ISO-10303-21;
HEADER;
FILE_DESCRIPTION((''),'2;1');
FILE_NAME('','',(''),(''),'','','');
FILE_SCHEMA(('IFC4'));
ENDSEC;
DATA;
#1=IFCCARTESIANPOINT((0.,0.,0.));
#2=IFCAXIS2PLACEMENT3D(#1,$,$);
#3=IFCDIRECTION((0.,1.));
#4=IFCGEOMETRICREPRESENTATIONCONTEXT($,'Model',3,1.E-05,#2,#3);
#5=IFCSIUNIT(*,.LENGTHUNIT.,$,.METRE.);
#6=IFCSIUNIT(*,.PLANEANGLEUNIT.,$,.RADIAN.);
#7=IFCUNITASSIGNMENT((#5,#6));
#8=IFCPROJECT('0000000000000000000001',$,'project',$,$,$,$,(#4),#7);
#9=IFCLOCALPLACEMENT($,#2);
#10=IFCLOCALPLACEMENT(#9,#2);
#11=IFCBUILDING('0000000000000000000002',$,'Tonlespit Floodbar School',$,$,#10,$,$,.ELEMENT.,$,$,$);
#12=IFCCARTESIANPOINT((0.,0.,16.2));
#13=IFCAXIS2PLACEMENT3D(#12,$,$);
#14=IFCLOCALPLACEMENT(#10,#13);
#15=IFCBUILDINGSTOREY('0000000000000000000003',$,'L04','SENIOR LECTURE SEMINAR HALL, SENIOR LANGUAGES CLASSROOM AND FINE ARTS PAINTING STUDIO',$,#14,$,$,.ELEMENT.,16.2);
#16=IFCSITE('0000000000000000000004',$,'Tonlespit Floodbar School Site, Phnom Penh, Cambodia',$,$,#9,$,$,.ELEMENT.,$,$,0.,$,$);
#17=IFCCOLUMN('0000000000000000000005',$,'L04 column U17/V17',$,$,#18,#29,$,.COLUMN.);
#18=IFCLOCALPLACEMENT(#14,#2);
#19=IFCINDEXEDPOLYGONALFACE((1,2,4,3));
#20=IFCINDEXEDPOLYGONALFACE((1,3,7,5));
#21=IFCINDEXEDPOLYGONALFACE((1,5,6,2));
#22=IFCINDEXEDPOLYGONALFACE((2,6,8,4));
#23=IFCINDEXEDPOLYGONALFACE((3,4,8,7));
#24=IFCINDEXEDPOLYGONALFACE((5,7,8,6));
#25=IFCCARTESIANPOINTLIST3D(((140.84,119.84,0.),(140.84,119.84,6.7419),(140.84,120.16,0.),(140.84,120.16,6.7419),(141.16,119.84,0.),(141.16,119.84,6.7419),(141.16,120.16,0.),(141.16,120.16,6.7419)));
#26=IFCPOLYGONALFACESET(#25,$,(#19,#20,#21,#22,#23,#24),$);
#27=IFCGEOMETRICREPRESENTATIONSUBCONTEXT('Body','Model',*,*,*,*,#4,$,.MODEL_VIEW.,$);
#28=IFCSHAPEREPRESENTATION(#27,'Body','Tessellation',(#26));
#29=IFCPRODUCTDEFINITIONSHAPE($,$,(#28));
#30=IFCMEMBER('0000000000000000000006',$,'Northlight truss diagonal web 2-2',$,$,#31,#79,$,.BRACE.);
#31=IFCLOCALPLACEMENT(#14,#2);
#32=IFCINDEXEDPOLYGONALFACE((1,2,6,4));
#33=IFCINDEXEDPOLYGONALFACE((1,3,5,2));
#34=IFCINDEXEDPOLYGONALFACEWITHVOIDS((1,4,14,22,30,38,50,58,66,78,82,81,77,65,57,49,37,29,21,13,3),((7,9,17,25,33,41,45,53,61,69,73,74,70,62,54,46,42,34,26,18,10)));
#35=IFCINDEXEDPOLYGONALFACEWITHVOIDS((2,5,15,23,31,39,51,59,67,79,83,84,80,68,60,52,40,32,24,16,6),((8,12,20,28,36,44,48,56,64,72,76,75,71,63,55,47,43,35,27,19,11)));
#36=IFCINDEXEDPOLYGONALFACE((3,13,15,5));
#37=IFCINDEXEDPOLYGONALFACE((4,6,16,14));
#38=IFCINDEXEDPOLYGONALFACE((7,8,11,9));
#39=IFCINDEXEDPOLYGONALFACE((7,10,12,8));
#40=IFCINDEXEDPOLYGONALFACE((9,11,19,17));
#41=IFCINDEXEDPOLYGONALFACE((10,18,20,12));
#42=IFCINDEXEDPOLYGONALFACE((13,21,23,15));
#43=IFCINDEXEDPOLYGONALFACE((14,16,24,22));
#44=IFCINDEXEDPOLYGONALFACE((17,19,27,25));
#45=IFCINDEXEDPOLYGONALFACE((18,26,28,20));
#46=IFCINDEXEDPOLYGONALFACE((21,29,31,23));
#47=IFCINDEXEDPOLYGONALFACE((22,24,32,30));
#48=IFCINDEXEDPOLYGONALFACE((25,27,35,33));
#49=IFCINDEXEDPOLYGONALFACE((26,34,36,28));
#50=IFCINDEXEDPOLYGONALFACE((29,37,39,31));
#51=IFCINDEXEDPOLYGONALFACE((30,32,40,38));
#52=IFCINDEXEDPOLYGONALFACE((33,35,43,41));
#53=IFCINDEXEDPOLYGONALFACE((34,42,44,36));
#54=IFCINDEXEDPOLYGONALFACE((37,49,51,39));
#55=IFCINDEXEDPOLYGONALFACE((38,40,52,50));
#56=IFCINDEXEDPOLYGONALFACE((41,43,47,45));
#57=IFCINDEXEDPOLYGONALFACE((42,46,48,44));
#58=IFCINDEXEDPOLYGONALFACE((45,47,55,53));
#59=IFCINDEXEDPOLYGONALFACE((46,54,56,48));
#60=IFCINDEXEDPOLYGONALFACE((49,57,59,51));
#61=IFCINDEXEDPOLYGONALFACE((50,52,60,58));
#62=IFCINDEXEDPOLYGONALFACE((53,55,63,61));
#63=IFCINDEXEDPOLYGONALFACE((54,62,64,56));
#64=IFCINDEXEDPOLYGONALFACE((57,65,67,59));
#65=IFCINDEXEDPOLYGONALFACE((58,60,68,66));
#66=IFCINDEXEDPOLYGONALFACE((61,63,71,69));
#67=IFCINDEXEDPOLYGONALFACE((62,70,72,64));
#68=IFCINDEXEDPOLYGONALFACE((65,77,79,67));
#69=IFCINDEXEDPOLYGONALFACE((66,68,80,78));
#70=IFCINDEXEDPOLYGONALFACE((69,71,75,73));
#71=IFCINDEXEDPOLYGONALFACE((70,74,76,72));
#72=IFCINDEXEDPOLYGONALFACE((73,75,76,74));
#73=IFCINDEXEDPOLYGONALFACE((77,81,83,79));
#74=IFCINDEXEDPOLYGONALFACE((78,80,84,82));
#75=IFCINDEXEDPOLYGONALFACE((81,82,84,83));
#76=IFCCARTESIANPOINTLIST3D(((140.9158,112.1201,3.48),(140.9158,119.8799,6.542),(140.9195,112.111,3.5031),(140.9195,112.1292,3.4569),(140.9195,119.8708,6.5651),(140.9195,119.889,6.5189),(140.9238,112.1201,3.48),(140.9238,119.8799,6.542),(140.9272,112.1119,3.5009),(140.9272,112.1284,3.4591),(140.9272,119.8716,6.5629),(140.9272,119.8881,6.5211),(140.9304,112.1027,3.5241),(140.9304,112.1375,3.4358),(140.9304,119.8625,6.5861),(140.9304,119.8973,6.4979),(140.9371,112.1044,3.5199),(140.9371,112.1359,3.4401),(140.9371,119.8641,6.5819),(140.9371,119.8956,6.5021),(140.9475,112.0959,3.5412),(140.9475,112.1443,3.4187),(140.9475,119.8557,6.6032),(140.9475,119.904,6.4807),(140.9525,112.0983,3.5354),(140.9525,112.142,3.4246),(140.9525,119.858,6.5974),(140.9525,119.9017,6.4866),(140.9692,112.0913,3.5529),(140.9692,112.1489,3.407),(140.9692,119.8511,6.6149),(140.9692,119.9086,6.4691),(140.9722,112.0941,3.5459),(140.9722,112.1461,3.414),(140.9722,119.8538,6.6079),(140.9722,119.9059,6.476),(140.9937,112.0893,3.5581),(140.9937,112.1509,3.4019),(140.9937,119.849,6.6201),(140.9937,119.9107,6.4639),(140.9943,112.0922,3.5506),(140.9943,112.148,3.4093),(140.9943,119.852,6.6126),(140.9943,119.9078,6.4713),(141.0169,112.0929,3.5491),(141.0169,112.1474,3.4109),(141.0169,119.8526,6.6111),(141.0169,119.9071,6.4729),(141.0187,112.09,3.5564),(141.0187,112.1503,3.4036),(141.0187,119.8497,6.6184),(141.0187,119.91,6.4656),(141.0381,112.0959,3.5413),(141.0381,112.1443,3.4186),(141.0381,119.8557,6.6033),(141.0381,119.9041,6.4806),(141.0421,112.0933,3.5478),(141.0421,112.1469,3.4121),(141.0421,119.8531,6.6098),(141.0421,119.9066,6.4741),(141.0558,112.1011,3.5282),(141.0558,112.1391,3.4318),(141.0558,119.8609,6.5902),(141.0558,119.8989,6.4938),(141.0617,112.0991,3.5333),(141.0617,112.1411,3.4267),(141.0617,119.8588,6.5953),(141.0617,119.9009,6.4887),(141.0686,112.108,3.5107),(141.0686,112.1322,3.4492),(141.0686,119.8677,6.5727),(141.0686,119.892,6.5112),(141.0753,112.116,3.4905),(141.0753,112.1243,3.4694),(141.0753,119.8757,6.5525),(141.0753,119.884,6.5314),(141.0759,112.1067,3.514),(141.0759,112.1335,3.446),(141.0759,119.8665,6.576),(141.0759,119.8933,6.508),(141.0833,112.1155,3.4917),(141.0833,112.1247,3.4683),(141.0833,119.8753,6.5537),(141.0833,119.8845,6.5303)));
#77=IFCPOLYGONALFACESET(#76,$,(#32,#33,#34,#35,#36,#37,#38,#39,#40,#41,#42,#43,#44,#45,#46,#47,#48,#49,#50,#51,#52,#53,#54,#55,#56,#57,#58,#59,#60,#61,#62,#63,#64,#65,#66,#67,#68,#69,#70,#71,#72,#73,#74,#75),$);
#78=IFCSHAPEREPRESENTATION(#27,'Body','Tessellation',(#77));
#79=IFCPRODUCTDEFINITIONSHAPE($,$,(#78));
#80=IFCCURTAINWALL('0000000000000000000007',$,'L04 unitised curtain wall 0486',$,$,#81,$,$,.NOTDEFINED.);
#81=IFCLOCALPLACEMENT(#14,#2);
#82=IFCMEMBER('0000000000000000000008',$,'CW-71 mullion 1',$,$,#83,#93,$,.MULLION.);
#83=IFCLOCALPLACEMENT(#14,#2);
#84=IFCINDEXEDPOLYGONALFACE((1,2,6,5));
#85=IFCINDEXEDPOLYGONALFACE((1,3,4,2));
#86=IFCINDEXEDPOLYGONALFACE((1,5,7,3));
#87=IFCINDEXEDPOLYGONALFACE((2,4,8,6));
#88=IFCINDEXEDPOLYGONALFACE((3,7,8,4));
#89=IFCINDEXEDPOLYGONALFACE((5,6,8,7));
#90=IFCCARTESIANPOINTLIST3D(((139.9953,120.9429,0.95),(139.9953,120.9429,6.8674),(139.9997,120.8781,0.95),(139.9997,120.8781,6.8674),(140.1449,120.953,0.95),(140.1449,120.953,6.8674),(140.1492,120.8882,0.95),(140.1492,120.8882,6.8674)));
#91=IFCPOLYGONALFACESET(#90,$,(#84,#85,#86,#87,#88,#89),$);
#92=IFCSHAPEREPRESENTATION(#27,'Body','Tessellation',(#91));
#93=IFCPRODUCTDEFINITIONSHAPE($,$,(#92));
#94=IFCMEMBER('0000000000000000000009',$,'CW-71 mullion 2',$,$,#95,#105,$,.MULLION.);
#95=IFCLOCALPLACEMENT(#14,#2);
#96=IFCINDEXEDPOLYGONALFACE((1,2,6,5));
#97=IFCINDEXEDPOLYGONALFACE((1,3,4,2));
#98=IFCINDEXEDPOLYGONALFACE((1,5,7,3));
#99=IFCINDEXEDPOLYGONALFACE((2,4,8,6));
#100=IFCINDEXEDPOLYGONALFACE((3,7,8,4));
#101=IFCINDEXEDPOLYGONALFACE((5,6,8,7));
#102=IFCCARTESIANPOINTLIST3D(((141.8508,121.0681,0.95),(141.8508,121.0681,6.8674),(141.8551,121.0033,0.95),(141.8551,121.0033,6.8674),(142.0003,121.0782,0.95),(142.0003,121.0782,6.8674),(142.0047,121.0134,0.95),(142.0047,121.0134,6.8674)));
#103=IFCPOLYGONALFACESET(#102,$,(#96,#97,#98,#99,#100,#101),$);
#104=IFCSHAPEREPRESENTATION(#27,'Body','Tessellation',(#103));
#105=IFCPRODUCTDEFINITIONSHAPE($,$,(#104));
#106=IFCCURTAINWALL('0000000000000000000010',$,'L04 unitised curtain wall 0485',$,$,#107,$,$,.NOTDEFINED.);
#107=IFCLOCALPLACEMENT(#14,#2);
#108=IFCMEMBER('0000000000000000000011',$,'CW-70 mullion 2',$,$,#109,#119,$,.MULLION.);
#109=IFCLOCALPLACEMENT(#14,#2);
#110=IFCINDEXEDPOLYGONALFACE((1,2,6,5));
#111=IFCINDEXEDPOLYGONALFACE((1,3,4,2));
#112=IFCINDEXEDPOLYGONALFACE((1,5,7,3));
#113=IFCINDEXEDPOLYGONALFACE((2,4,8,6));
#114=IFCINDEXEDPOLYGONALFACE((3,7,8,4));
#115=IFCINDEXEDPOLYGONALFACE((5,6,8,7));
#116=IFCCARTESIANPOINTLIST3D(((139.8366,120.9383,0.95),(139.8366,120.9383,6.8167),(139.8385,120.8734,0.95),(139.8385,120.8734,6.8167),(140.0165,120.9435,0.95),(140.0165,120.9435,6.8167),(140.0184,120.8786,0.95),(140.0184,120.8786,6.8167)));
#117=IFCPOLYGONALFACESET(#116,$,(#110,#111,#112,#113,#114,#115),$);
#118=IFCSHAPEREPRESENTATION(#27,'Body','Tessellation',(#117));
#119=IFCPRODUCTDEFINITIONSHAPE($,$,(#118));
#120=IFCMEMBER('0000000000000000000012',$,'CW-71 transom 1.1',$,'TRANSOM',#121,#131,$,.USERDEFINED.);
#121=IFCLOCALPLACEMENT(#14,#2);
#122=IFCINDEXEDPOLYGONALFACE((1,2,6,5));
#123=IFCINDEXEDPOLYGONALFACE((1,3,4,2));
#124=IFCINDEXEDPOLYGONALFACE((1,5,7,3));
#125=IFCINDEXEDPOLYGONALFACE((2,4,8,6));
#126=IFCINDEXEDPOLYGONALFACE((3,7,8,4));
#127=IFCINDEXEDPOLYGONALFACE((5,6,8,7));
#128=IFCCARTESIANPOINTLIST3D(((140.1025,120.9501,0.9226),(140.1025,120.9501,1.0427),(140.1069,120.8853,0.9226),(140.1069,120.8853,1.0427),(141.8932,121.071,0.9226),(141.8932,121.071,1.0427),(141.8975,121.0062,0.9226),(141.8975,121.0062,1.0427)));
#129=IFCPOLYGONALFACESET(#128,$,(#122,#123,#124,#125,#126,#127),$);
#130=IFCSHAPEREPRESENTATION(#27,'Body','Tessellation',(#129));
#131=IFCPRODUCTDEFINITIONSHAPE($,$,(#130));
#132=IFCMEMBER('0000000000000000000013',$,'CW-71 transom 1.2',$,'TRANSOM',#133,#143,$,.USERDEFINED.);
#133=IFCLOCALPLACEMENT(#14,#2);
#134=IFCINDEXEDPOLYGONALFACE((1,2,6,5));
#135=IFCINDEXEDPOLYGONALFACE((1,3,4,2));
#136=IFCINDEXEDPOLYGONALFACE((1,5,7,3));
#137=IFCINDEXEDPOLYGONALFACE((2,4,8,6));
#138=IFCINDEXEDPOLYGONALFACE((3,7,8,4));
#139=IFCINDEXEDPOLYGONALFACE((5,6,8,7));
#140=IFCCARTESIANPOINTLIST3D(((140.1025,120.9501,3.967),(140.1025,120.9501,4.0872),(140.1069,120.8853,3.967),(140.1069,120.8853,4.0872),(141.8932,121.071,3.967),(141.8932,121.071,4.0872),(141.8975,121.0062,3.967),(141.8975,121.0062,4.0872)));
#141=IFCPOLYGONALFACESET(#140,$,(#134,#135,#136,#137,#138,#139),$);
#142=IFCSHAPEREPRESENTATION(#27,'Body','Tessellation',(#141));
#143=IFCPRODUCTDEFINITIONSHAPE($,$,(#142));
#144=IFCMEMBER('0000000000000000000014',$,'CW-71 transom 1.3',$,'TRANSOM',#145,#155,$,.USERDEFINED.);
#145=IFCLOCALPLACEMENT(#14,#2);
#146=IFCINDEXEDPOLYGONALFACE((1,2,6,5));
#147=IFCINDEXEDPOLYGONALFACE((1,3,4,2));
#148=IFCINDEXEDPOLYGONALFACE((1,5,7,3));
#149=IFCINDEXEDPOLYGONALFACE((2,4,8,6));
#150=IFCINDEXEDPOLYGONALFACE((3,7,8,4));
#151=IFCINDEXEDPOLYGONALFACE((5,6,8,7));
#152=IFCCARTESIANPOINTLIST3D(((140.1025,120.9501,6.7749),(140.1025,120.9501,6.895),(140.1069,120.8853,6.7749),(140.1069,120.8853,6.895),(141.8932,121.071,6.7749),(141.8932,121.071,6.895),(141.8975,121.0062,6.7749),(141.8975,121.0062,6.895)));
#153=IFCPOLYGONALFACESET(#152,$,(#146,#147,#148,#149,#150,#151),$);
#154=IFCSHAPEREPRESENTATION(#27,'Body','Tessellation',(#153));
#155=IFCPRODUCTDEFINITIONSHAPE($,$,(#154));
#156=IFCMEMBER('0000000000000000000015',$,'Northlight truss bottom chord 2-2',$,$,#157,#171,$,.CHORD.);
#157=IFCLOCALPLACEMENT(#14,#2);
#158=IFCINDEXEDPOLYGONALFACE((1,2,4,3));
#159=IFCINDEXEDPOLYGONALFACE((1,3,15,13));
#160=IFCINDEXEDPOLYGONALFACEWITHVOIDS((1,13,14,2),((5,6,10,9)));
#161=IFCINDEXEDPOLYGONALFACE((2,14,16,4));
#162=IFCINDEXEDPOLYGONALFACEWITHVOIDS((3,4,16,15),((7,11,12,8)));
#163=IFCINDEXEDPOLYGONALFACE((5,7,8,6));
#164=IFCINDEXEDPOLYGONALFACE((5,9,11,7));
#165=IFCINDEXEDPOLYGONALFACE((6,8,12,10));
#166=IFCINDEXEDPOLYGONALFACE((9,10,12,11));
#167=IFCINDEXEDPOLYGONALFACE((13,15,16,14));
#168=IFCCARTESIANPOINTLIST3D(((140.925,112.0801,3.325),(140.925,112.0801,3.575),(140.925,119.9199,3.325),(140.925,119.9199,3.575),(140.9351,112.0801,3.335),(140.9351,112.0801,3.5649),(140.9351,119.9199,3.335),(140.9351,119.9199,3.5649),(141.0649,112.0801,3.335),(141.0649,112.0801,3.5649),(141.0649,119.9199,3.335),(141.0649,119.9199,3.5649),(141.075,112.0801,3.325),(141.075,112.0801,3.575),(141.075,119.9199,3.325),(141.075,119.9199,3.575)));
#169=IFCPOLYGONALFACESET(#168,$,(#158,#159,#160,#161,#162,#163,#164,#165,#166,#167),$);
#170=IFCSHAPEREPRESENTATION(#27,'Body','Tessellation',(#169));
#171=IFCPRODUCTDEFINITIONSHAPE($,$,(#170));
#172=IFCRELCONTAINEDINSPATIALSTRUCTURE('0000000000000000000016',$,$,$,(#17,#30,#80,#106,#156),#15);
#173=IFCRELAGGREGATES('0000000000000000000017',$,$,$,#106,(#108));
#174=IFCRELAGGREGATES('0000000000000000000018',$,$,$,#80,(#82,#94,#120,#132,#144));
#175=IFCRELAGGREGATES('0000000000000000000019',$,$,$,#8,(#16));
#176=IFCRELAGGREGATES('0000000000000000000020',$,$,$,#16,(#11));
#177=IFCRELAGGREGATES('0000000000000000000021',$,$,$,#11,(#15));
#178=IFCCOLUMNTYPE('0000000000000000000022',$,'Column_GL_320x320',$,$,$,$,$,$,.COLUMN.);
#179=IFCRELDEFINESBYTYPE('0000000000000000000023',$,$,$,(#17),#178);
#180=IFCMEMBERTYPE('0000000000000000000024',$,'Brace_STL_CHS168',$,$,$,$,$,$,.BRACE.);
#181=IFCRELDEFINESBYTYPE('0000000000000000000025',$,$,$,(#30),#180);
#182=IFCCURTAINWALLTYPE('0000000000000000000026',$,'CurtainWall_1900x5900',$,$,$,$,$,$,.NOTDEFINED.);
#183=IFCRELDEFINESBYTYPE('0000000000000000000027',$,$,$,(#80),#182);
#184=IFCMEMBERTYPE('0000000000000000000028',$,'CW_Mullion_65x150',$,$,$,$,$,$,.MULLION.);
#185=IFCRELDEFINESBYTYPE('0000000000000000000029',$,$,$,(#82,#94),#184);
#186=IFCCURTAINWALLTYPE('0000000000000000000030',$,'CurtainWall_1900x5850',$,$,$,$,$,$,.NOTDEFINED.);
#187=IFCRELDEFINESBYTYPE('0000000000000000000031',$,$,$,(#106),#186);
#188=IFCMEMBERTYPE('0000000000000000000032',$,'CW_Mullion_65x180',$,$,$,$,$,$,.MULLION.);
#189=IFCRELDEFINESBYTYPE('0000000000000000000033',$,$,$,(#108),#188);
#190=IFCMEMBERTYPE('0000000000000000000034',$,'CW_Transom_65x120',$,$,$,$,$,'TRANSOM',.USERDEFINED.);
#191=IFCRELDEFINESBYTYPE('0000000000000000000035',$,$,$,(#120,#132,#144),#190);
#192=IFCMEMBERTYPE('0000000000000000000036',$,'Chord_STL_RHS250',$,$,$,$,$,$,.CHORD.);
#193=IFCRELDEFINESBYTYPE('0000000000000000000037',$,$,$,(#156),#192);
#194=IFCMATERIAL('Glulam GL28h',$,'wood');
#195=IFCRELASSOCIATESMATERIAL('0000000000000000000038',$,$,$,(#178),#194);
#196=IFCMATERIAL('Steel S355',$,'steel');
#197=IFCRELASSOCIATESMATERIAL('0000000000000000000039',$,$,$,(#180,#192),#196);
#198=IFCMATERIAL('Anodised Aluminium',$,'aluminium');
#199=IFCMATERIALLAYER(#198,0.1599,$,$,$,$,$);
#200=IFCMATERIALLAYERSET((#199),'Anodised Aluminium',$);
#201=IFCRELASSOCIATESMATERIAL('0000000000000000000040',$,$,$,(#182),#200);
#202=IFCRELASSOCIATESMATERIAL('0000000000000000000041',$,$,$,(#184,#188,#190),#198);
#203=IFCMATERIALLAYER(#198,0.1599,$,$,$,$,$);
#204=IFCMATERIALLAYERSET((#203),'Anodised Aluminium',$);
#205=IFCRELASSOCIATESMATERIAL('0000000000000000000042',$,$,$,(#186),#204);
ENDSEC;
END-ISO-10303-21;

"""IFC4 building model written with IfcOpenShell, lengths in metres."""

from ifc_helpers import new_model, si_unit, direction, frame, origin, origin_2d, place, context, subcontext, project, spatial, rectangle, hollow_rectangle, hollow_circle, extrude, material, layer, layer_set, material_profile, profile_set, type_object, element, aggregate, save


model = new_model("IFC4")

# Units and contexts
model_context = context("Model", 3, precision=1e-05, world=origin(), true_north=direction((0.0, 1.0)))
body_context = subcontext(model_context, "Body", "Model", "MODEL_VIEW")
ifc_project = project(units=[si_unit("LENGTHUNIT", "METRE"), si_unit("PLANEANGLEUNIT", "RADIAN")], contexts=[model_context])

# Site, building, storey
site_placement = place(None, origin())
site = spatial("IfcSite", under=ifc_project, at=site_placement, Name="Tonlespit Floodbar School Site, Phnom Penh, Cambodia", CompositionType="ELEMENT", RefElevation=0.0)
building_placement = place(site_placement, origin())
building = spatial("IfcBuilding", under=site, at=building_placement, Name="Tonlespit Floodbar School", CompositionType="ELEMENT")
storey_placement = place(building_placement, frame((0.0, 0.0, 16.2)))
storey = spatial("IfcBuildingStorey", under=building, at=storey_placement, Name="L04", Description="SENIOR LECTURE SEMINAR HALL, SENIOR LANGUAGES CLASSROOM AND FINE ARTS PAINTING STUDIO", CompositionType="ELEMENT", Elevation=16.2)

# Column
ifc_material_1 = material(Name="Glulam GL28h", Category="wood")
ifc_material_profile_1 = material_profile(ifc_material_1, rectangle(XDim=0.3201, YDim=0.3201, at=origin_2d()), Name="GL 320x320")
ifc_profile_set_1 = profile_set([ifc_material_profile_1], Name="Glulam GL28h")
column_type = type_object("IfcColumnType", Name="Column_GL_320x320", PredefinedType="COLUMN", material=ifc_profile_set_1)
column_placement = place(storey_placement, frame((141.0, 120.0, 0.0), z_axis=(0.0, 0.0, 1.0), x_axis=(1.0, 0.0, 0.0)))
element("IfcColumn", 1, at=column_placement, inside=storey, type_object=column_type, Name="L04 column U17/V17", PredefinedType="COLUMN", context=body_context, shape_type="SweptSolid", body=[
    extrude(rectangle(XDim=0.3201, YDim=0.3201, at=origin_2d()), origin(), (0.0, 0.0, 1.0), 6.7419),
])

# Member
ifc_material_2 = material(Name="Steel S355", Category="steel")
ifc_material_profile_2 = material_profile(ifc_material_2, hollow_circle(Radius=0.0842, WallThickness=0.0081, at=origin_2d()), Name="CHS 168.3x8")
ifc_profile_set_2 = profile_set([ifc_material_profile_2], Name="Steel S355")
member_type_1 = type_object("IfcMemberType", Name="Brace_STL_CHS168", PredefinedType="BRACE", material=ifc_profile_set_2)
member_1_placement = place(storey_placement, frame((141.0, 112.1201, 3.48), z_axis=(0.0, 0.930198, 0.367057), x_axis=(-1.0, 0.0, 0.0)))
element("IfcMember", 2, at=member_1_placement, inside=storey, type_object=member_type_1, Name="Northlight truss diagonal web 2-2", PredefinedType="BRACE", context=body_context, shape_type="SweptSolid", body=[
    extrude(hollow_circle(Radius=0.0842, WallThickness=0.0081, at=origin_2d()), origin(), (0.0, 0.0, 1.0), 8.342),
])

# Curtain wall, members
ifc_material_3 = material(Name="Anodised Aluminium", Category="aluminium")
ifc_layer_1 = layer(ifc_material_3, 0.1599)
ifc_layer_set_1 = layer_set([ifc_layer_1], Name="Anodised Aluminium")
curtain_wall_type_1 = type_object("IfcCurtainWallType", Name="CurtainWall_1900x5900", PredefinedType="NOTDEFINED", material=ifc_layer_set_1)
curtain_wall_1_placement = place(storey_placement, origin())
curtain_wall_1 = element("IfcCurtainWall", 3, at=curtain_wall_1_placement, inside=storey, type_object=curtain_wall_type_1, Name="L04 unitised curtain wall 0486", PredefinedType="NOTDEFINED")
ifc_material_profile_3 = material_profile(ifc_material_3, rectangle(XDim=0.0649, YDim=0.1499, at=origin_2d()), Name="ALU M65x150")
ifc_profile_set_3 = profile_set([ifc_material_profile_3], Name="Anodised Aluminium")
member_type_2 = type_object("IfcMemberType", Name="CW_Mullion_65x150", PredefinedType="MULLION", material=ifc_profile_set_3)
member_2_placement = place(storey_placement, frame((140.0723, 120.9155, 0.95), z_axis=(0.0, 0.0, 1.0), x_axis=(-0.06734, 0.99773, 0.0)))
member_2 = element("IfcMember", 4, at=member_2_placement, type_object=member_type_2, Name="CW-71 mullion 1", PredefinedType="MULLION", context=body_context, shape_type="SweptSolid", body=[
    extrude(rectangle(XDim=0.0649, YDim=0.1499, at=origin_2d()), origin(), (0.0, 0.0, 1.0), 5.9175),
])
member_3_placement = place(storey_placement, frame((141.9277, 121.0408, 0.95), z_axis=(0.0, 0.0, 1.0), x_axis=(-0.06734, 0.99773, 0.0)))
member_3 = element("IfcMember", 5, at=member_3_placement, type_object=member_type_2, Name="CW-71 mullion 2", PredefinedType="MULLION", context=body_context, shape_type="SweptSolid", body=[
    extrude(rectangle(XDim=0.0649, YDim=0.1499, at=origin_2d()), origin(), (0.0, 0.0, 1.0), 5.9175),
])

# Curtain wall, member
ifc_layer_2 = layer(ifc_material_3, 0.1599)
ifc_layer_set_2 = layer_set([ifc_layer_2], Name="Anodised Aluminium")
curtain_wall_type_2 = type_object("IfcCurtainWallType", Name="CurtainWall_1900x5850", PredefinedType="NOTDEFINED", material=ifc_layer_set_2)
curtain_wall_2_placement = place(storey_placement, origin())
curtain_wall_2 = element("IfcCurtainWall", 6, at=curtain_wall_2_placement, inside=storey, type_object=curtain_wall_type_2, Name="L04 unitised curtain wall 0485", PredefinedType="NOTDEFINED")
ifc_material_profile_4 = material_profile(ifc_material_3, rectangle(XDim=0.0649, YDim=0.1799, at=origin_2d()), Name="ALU M65x180")
ifc_profile_set_4 = profile_set([ifc_material_profile_4], Name="Anodised Aluminium")
member_type_3 = type_object("IfcMemberType", Name="CW_Mullion_65x180", PredefinedType="MULLION", material=ifc_profile_set_4)
member_4_placement = place(storey_placement, frame((139.9275, 120.9084, 0.95), z_axis=(0.0, 0.0, 1.0), x_axis=(-0.02879, 0.999585, 0.0)))
member_4 = element("IfcMember", 7, at=member_4_placement, type_object=member_type_3, Name="CW-70 mullion 2", PredefinedType="MULLION", context=body_context, shape_type="SweptSolid", body=[
    extrude(rectangle(XDim=0.0649, YDim=0.1799, at=origin_2d()), origin(), (0.0, 0.0, 1.0), 5.8667),
])

# Members
ifc_material_profile_5 = material_profile(ifc_material_3, rectangle(XDim=0.0649, YDim=0.1201, at=origin_2d()), Name="ALU T65x120")
ifc_profile_set_5 = profile_set([ifc_material_profile_5], Name="Anodised Aluminium")
member_type_4 = type_object("IfcMemberType", Name="CW_Transom_65x120", ElementType="TRANSOM", PredefinedType="USERDEFINED", material=ifc_profile_set_5)
member_5_placement = place(storey_placement, frame((140.1047, 120.9177, 0.9827), z_axis=(0.99773, 0.067341, 0.0), x_axis=(-0.067341, 0.99773, 0.0)))
member_5 = element("IfcMember", 8, at=member_5_placement, type_object=member_type_4, Name="CW-71 transom 1.1", ObjectType="TRANSOM", PredefinedType="USERDEFINED", context=body_context, shape_type="SweptSolid", body=[
    extrude(rectangle(XDim=0.0649, YDim=0.1201, at=origin_2d()), origin(), (0.0, 0.0, 1.0), 1.7947),
])
member_6_placement = place(storey_placement, frame((140.1047, 120.9177, 4.0271), z_axis=(0.99773, 0.067341, 0.0), x_axis=(-0.067341, 0.99773, 0.0)))
member_6 = element("IfcMember", 9, at=member_6_placement, type_object=member_type_4, Name="CW-71 transom 1.2", ObjectType="TRANSOM", PredefinedType="USERDEFINED", context=body_context, shape_type="SweptSolid", body=[
    extrude(rectangle(XDim=0.0649, YDim=0.1201, at=origin_2d()), origin(), (0.0, 0.0, 1.0), 1.7947),
])
member_7_placement = place(storey_placement, frame((140.1047, 120.9177, 6.835), z_axis=(0.99773, 0.067341, 0.0), x_axis=(-0.067341, 0.99773, 0.0)))
member_7 = element("IfcMember", 10, at=member_7_placement, type_object=member_type_4, Name="CW-71 transom 1.3", ObjectType="TRANSOM", PredefinedType="USERDEFINED", context=body_context, shape_type="SweptSolid", body=[
    extrude(rectangle(XDim=0.0649, YDim=0.1201, at=origin_2d()), origin(), (0.0, 0.0, 1.0), 1.7947),
])

# Member
ifc_material_profile_6 = material_profile(ifc_material_2, hollow_rectangle(XDim=0.1499, YDim=0.25, WallThickness=0.01, at=origin_2d()), Name="RHS 250x150x10")
ifc_profile_set_6 = profile_set([ifc_material_profile_6], Name="Steel S355")
member_type_5 = type_object("IfcMemberType", Name="Chord_STL_RHS250", PredefinedType="CHORD", material=ifc_profile_set_6)
member_8_placement = place(storey_placement, frame((141.0, 112.0801, 3.45), z_axis=(0.0, 1.0, 0.0), x_axis=(-1.0, 0.0, 0.0)))
element("IfcMember", 11, at=member_8_placement, inside=storey, type_object=member_type_5, Name="Northlight truss bottom chord 2-2", PredefinedType="CHORD", context=body_context, shape_type="SweptSolid", body=[
    extrude(hollow_rectangle(XDim=0.1499, YDim=0.25, WallThickness=0.01, at=origin_2d()), origin(), (0.0, 0.0, 1.0), 7.8398),
])

aggregate(curtain_wall_2, [member_4])
aggregate(curtain_wall_1, [member_2, member_3, member_5, member_6, member_7])

save(model, "model.ifc")
